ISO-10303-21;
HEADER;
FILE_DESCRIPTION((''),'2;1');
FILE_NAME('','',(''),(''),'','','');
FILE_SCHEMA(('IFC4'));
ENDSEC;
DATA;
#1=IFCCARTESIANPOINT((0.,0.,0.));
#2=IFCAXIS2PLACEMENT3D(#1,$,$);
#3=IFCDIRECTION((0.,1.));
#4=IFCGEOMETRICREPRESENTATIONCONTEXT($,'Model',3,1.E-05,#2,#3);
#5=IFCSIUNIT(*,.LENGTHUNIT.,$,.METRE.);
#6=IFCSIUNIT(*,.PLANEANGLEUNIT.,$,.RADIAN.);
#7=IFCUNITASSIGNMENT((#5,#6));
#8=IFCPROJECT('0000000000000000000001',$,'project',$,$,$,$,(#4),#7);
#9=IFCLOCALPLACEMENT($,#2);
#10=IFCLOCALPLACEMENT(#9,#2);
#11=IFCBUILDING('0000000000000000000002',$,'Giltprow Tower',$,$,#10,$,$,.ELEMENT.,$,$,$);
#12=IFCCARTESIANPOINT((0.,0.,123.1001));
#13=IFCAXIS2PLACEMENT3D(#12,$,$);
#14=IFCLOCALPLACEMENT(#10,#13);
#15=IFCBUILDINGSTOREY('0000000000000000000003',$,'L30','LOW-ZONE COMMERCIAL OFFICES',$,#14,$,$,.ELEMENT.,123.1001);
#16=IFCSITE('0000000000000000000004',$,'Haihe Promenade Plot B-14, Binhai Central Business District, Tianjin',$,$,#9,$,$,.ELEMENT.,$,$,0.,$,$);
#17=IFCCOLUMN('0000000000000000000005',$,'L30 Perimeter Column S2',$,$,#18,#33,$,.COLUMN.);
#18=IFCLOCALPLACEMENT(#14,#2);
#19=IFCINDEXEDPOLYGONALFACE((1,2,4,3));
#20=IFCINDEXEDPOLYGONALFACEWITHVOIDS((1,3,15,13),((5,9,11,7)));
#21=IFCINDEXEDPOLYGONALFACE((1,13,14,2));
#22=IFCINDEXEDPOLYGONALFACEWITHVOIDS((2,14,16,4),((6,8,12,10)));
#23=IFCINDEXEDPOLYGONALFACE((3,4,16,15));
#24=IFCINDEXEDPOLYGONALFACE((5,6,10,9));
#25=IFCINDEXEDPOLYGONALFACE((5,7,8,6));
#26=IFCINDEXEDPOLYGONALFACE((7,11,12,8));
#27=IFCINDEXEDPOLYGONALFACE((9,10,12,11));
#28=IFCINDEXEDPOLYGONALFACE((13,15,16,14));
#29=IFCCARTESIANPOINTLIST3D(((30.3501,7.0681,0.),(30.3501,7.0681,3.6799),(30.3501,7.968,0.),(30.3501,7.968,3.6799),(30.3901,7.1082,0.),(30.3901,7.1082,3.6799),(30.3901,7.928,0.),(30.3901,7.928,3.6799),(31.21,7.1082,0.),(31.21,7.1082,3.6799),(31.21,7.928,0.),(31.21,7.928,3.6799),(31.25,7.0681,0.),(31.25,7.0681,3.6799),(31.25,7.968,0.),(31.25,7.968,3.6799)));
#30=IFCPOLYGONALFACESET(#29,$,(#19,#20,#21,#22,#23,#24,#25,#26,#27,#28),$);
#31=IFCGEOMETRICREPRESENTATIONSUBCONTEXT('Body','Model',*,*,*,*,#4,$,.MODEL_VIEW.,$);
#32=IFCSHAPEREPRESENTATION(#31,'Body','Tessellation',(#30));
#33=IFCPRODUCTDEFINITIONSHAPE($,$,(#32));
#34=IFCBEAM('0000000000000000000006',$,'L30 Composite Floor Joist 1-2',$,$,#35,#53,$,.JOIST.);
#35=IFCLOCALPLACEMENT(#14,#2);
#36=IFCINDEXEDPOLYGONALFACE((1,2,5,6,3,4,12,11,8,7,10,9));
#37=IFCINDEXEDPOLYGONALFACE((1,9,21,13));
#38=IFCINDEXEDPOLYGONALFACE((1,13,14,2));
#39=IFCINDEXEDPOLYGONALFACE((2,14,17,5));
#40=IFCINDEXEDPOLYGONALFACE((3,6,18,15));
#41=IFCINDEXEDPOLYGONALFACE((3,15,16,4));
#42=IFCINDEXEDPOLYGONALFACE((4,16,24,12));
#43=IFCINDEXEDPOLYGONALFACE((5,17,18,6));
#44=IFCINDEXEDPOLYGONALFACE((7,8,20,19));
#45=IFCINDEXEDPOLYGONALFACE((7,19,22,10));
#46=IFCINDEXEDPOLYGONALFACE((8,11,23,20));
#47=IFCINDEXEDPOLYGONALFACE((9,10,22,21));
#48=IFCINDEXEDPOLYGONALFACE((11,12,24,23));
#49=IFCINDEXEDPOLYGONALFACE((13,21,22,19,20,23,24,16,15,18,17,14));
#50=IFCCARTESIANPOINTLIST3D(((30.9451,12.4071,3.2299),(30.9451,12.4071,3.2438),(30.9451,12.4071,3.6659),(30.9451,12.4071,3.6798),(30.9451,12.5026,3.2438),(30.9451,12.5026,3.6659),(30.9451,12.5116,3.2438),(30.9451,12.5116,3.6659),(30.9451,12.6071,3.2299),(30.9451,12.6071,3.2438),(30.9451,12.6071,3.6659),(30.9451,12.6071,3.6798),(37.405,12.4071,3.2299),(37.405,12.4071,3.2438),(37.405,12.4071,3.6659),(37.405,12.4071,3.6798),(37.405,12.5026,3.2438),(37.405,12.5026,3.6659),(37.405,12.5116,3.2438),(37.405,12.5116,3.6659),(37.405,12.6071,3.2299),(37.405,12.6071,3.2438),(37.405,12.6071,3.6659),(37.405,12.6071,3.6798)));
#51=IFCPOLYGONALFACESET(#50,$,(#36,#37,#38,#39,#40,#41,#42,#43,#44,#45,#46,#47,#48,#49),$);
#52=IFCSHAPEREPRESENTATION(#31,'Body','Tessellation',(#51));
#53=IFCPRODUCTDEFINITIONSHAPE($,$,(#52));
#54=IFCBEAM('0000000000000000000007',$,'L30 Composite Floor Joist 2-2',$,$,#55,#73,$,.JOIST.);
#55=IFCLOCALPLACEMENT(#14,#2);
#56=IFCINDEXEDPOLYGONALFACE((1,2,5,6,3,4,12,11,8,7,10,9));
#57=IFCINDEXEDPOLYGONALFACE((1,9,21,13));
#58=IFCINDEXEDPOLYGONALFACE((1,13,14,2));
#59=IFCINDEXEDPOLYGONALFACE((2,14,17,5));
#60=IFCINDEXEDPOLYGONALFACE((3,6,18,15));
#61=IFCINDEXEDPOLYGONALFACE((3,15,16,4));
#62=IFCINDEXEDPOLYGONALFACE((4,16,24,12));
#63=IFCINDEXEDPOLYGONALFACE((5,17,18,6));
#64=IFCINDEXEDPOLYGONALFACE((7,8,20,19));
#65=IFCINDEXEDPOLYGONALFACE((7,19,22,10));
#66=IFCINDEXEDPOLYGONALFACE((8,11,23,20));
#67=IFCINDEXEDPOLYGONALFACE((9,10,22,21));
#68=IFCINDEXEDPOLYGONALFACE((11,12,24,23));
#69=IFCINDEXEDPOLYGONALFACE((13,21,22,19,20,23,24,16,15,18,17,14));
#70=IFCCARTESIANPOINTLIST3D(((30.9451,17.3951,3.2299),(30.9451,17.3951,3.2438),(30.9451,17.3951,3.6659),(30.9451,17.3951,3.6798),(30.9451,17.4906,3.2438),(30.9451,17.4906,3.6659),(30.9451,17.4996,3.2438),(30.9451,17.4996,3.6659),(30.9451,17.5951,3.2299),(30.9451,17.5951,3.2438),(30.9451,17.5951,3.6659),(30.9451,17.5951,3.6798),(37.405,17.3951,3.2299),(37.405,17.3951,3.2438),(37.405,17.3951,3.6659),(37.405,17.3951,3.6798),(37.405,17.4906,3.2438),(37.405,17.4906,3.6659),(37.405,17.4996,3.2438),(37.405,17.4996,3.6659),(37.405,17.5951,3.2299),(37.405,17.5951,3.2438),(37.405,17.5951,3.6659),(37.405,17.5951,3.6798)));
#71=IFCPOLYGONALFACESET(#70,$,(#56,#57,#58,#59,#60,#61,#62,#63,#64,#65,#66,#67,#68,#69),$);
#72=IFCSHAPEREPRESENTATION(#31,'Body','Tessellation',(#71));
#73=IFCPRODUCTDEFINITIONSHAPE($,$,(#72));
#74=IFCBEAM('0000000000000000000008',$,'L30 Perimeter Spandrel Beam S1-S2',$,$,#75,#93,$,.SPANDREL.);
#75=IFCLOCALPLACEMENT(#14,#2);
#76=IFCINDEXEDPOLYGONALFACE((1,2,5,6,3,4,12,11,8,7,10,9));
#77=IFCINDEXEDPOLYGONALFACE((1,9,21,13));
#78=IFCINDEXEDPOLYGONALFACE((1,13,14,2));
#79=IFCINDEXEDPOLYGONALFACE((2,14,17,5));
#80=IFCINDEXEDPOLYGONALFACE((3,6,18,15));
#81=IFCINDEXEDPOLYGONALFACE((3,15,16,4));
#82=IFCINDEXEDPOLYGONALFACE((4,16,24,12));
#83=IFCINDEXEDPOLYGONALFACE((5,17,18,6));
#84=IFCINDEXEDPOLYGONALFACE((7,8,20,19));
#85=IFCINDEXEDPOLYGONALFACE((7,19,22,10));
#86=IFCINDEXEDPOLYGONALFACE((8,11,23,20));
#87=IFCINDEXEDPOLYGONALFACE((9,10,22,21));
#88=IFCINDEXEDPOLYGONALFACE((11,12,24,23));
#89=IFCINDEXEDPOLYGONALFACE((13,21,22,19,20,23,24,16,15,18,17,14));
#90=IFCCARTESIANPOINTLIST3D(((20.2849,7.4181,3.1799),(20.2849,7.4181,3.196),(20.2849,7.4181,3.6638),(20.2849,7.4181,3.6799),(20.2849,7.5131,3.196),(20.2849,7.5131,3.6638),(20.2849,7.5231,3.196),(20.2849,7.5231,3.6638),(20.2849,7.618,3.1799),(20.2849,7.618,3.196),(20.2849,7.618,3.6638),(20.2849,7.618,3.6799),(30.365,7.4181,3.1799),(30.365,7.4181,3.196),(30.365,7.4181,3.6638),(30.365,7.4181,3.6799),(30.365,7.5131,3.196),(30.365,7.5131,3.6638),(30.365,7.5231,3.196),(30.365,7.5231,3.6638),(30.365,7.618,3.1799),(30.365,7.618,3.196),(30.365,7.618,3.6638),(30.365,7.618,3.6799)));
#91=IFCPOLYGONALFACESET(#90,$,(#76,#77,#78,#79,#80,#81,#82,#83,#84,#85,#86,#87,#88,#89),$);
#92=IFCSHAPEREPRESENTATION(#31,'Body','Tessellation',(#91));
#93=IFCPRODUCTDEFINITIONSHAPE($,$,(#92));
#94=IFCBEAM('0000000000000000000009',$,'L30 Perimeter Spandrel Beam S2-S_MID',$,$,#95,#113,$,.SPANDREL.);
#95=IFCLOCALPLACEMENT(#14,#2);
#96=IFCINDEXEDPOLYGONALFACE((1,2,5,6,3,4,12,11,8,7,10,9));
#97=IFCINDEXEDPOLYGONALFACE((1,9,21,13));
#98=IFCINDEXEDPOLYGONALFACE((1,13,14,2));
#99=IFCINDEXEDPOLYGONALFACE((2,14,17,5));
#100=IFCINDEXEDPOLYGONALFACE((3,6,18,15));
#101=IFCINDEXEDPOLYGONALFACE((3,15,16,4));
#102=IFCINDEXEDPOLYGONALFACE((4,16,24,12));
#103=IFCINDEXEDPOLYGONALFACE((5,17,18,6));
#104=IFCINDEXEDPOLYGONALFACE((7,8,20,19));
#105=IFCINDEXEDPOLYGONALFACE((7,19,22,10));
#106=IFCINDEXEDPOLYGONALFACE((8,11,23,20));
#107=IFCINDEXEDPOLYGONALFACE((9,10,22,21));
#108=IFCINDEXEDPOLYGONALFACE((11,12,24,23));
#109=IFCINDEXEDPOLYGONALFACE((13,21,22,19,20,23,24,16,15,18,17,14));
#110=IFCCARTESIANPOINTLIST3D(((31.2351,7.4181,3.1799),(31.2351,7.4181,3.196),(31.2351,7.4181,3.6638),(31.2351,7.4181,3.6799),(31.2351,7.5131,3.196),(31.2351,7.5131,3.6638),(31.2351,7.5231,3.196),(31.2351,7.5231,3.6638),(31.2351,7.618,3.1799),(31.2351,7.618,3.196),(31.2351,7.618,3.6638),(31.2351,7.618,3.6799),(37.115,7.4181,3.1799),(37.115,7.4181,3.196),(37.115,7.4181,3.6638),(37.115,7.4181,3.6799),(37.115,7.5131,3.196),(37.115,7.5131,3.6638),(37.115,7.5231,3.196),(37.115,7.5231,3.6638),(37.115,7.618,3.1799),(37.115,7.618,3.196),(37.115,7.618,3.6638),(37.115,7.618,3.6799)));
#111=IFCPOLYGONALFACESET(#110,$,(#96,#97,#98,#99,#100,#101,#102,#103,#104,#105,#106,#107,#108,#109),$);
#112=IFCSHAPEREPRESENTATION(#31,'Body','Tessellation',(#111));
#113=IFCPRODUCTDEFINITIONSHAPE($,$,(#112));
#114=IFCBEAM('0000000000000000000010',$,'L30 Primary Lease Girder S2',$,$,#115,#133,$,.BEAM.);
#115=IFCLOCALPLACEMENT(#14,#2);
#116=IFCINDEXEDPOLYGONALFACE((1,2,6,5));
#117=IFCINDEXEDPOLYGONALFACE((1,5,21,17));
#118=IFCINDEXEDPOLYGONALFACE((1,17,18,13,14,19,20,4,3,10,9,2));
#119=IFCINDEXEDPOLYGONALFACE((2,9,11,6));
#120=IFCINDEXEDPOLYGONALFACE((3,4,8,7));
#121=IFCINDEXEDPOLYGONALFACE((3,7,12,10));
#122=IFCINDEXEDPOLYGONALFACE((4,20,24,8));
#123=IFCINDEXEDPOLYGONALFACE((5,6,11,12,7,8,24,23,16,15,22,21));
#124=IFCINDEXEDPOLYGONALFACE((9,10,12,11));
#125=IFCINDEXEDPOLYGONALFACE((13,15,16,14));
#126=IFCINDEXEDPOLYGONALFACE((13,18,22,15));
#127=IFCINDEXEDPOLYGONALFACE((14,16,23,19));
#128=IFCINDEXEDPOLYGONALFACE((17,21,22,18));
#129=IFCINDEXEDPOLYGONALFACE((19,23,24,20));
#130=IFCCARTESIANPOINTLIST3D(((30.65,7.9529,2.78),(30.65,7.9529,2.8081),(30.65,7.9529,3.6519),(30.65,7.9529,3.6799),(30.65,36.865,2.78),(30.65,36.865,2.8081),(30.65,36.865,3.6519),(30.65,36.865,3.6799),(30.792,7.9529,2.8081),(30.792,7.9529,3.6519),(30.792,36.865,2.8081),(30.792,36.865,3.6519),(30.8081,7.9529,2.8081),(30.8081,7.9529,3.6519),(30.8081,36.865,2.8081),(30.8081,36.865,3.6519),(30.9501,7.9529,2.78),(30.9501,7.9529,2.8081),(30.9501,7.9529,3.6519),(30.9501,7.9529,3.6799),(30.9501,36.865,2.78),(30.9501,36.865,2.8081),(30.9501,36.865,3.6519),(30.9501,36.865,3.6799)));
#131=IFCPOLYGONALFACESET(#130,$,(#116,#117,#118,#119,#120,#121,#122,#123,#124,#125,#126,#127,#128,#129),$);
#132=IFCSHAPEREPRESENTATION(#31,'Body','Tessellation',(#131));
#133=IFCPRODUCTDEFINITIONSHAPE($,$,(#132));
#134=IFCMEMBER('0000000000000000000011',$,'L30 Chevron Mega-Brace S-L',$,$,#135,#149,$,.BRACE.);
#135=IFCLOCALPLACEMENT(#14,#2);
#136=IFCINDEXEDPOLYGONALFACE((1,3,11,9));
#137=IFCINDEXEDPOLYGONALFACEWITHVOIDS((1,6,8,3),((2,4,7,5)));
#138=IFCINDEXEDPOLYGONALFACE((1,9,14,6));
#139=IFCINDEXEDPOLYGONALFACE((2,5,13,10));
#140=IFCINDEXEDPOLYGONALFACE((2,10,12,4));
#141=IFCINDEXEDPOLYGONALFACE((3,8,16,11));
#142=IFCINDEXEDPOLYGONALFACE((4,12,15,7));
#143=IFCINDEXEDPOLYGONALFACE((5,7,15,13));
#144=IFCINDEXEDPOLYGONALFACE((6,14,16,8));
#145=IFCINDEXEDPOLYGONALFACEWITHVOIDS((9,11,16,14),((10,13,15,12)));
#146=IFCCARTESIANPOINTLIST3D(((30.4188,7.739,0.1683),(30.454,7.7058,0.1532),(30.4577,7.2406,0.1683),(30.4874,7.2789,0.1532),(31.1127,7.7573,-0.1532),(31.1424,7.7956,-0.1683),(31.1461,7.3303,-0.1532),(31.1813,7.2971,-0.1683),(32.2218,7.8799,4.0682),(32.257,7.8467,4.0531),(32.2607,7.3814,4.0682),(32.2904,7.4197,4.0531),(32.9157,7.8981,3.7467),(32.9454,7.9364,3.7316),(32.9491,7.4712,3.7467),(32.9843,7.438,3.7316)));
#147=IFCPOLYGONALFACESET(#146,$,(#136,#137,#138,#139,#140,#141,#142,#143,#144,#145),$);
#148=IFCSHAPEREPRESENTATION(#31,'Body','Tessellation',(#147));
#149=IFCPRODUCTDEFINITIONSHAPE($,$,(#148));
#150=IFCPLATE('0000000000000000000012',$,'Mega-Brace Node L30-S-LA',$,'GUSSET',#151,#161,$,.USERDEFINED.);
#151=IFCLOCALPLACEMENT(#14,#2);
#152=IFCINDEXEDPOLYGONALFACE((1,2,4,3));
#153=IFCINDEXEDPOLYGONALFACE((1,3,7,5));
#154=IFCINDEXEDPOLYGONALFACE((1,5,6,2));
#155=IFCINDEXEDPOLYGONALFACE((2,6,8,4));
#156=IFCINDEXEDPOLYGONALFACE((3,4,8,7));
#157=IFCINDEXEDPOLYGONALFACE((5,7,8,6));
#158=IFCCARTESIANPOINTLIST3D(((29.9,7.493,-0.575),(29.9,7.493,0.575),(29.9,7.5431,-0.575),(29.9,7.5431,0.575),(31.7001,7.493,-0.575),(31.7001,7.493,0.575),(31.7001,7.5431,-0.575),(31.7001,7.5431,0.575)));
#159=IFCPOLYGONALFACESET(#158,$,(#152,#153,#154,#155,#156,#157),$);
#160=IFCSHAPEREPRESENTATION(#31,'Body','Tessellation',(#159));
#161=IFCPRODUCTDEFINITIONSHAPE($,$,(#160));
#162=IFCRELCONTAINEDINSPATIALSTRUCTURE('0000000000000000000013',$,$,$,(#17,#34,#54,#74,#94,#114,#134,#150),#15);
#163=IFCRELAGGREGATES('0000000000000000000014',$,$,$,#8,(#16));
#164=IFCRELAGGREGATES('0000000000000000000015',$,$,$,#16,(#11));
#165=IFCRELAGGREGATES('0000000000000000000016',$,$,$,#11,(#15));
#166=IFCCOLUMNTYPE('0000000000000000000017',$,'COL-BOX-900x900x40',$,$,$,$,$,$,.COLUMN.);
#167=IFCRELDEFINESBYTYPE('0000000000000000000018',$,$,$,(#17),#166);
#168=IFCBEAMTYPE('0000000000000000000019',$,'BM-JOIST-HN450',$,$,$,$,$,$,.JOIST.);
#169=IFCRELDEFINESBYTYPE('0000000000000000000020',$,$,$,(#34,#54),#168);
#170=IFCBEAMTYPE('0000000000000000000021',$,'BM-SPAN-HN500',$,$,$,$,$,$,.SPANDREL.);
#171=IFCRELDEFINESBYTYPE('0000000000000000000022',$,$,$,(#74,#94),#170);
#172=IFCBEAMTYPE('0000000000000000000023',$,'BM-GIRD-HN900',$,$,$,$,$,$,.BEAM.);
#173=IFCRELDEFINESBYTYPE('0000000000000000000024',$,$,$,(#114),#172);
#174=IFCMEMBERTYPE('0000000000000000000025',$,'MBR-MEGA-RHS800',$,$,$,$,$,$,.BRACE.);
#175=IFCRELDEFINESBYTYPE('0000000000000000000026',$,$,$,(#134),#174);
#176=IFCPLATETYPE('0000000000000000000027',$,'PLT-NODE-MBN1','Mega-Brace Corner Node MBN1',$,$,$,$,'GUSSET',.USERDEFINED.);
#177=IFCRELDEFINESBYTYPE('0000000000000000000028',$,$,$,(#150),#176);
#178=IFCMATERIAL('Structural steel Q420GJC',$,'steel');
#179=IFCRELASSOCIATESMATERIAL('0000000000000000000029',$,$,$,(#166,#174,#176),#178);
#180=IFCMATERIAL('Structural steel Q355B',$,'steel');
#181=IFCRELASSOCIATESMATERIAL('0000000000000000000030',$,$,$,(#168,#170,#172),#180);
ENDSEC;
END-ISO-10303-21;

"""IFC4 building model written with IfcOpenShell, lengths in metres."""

from ifc_helpers import new_model, si_unit, direction, frame, origin, origin_2d, place, context, subcontext, project, spatial, rectangle, hollow_rectangle, i_section, extrude, source, transform, mapped, material, material_profile, profile_set, type_object, element, save


model = new_model("IFC4")

# Units and contexts
model_context = context("Model", 3, precision=1e-05, world=origin(), true_north=direction((0.0, 1.0)))
body_context = subcontext(model_context, "Body", "Model", "MODEL_VIEW")
ifc_project = project(units=[si_unit("LENGTHUNIT", "METRE"), si_unit("PLANEANGLEUNIT", "RADIAN")], contexts=[model_context])

# Site, building, storey
site_placement = place(None, origin())
site = spatial("IfcSite", under=ifc_project, at=site_placement, Name="Haihe Promenade Plot B-14, Binhai Central Business District, Tianjin", CompositionType="ELEMENT", RefElevation=0.0)
building_placement = place(site_placement, origin())
building = spatial("IfcBuilding", under=site, at=building_placement, Name="Giltprow Tower", CompositionType="ELEMENT")
storey_placement = place(building_placement, frame((0.0, 0.0, 123.1001)))
storey = spatial("IfcBuildingStorey", under=building, at=storey_placement, Name="L30", Description="LOW-ZONE COMMERCIAL OFFICES", CompositionType="ELEMENT", Elevation=123.1001)

# Column
ifc_material_1 = material(Name="Structural steel Q420GJC", Category="steel")
ifc_material_profile_1 = material_profile(ifc_material_1, hollow_rectangle(XDim=0.8999, YDim=0.8999, WallThickness=0.04, at=origin_2d()), Name="BOX 900x900x40")
ifc_profile_set_1 = profile_set([ifc_material_profile_1], Name="Structural steel Q420GJC")
column_type = type_object("IfcColumnType", Name="COL-BOX-900x900x40", PredefinedType="COLUMN", material=ifc_profile_set_1)
shared_shape_1 = source(origin(), body_context, "Body", "SweptSolid", [
    extrude(hollow_rectangle(XDim=0.8999, YDim=0.8999, WallThickness=0.04, at=origin_2d()), origin(), (0.0, 0.0, 1.0), 3.6799),
])
column_placement = place(storey_placement, frame((30.8, 7.5181, 0.0), z_axis=(0.0, 0.0, 1.0), x_axis=(1.0, 0.0, 0.0)))
element("IfcColumn", 1, at=column_placement, inside=storey, type_object=column_type, Name="L30 Perimeter Column S2", PredefinedType="COLUMN", context=body_context, shape_type="MappedRepresentation", body=[
    mapped(shared_shape_1, transform((0.0, 0.0, 0.0), x_axis=(1.0, 0.0, 0.0), y_axis=(0.0, 1.0, 0.0), z_axis=(0.0, 0.0, 1.0), scale=1.0)),
])

# Beams
ifc_material_2 = material(Name="Structural steel Q355B", Category="steel")
ifc_material_profile_2 = material_profile(ifc_material_2, i_section(OverallWidth=0.2, OverallDepth=0.45, WebThickness=0.009, FlangeThickness=0.0139, at=origin_2d()), Name="HN 450x200x9x14")
ifc_profile_set_2 = profile_set([ifc_material_profile_2], Name="Structural steel Q355B")
beam_type_1 = type_object("IfcBeamType", Name="BM-JOIST-HN450", PredefinedType="JOIST", material=ifc_profile_set_2)
shared_shape_2 = source(origin(), body_context, "Body", "SweptSolid", [
    extrude(i_section(OverallWidth=0.2, OverallDepth=0.45, WebThickness=0.009, FlangeThickness=0.0139, at=origin_2d()), origin(), (0.0, 0.0, 1.0), 6.46),
])
for number, where, z_axis, x_axis, name in (
    (2, (30.9451, 12.5071, 3.4548), (1.0, 0.0, 0.0), (0.0, 1.0, 0.0), "L30 Composite Floor Joist 1-2"),
    (3, (30.9451, 17.4951, 3.4548), (1.0, 0.0, 0.0), (0.0, 1.0, 0.0), "L30 Composite Floor Joist 2-2"),
):
    element("IfcBeam", number, at=place(storey_placement, frame(where, z_axis=z_axis, x_axis=x_axis)), inside=storey, type_object=beam_type_1, Name=name, PredefinedType="JOIST", context=body_context, shape_type="MappedRepresentation", body=[
        mapped(shared_shape_2, transform((0.0, 0.0, 0.0), x_axis=(1.0, 0.0, 0.0), y_axis=(0.0, 1.0, 0.0), z_axis=(0.0, 0.0, 1.0), scale=1.0)),
    ])
ifc_material_profile_3 = material_profile(ifc_material_2, i_section(OverallWidth=0.2, OverallDepth=0.5, WebThickness=0.01, FlangeThickness=0.0161, at=origin_2d()), Name="HN 500x200x10x16")
ifc_profile_set_3 = profile_set([ifc_material_profile_3], Name="Structural steel Q355B")
beam_type_2 = type_object("IfcBeamType", Name="BM-SPAN-HN500", PredefinedType="SPANDREL", material=ifc_profile_set_3)
shared_shape_3 = source(origin(), body_context, "Body", "SweptSolid", [
    extrude(i_section(OverallWidth=0.2, OverallDepth=0.5, WebThickness=0.01, FlangeThickness=0.0161, at=origin_2d()), origin(), (0.0, 0.0, 1.0), 10.0801),
])
beam_1_placement = place(storey_placement, frame((20.2849, 7.5181, 3.4299), z_axis=(1.0, 0.0, 0.0), x_axis=(0.0, 1.0, 0.0)))
element("IfcBeam", 4, at=beam_1_placement, inside=storey, type_object=beam_type_2, Name="L30 Perimeter Spandrel Beam S1-S2", PredefinedType="SPANDREL", context=body_context, shape_type="MappedRepresentation", body=[
    mapped(shared_shape_3, transform((0.0, 0.0, 0.0), x_axis=(1.0, 0.0, 0.0), y_axis=(0.0, 1.0, 0.0), z_axis=(0.0, 0.0, 1.0), scale=1.0)),
])
shared_shape_4 = source(origin(), body_context, "Body", "SweptSolid", [
    extrude(i_section(OverallWidth=0.2, OverallDepth=0.5, WebThickness=0.01, FlangeThickness=0.0161, at=origin_2d()), origin(), (0.0, 0.0, 1.0), 5.8799),
])
beam_2_placement = place(storey_placement, frame((31.2351, 7.5181, 3.4299), z_axis=(1.0, 0.0, 0.0), x_axis=(0.0, 1.0, 0.0)))
element("IfcBeam", 5, at=beam_2_placement, inside=storey, type_object=beam_type_2, Name="L30 Perimeter Spandrel Beam S2-S_MID", PredefinedType="SPANDREL", context=body_context, shape_type="MappedRepresentation", body=[
    mapped(shared_shape_4, transform((0.0, 0.0, 0.0), x_axis=(1.0, 0.0, 0.0), y_axis=(0.0, 1.0, 0.0), z_axis=(0.0, 0.0, 1.0), scale=1.0)),
])
ifc_material_profile_4 = material_profile(ifc_material_2, i_section(OverallWidth=0.3, OverallDepth=0.8999, WebThickness=0.0161, FlangeThickness=0.0281, at=origin_2d()), Name="HN 900x300x16x28")
ifc_profile_set_4 = profile_set([ifc_material_profile_4], Name="Structural steel Q355B")
beam_type_3 = type_object("IfcBeamType", Name="BM-GIRD-HN900", PredefinedType="BEAM", material=ifc_profile_set_4)
shared_shape_5 = source(origin(), body_context, "Body", "SweptSolid", [
    extrude(i_section(OverallWidth=0.3, OverallDepth=0.8999, WebThickness=0.0161, FlangeThickness=0.0281, at=origin_2d()), origin(), (0.0, 0.0, 1.0), 28.9121),
])
beam_3_placement = place(storey_placement, frame((30.8, 7.9529, 3.23), z_axis=(0.0, 1.0, 0.0), x_axis=(-1.0, 0.0, 0.0)))
element("IfcBeam", 6, at=beam_3_placement, inside=storey, type_object=beam_type_3, Name="L30 Primary Lease Girder S2", PredefinedType="BEAM", context=body_context, shape_type="MappedRepresentation", body=[
    mapped(shared_shape_5, transform((0.0, 0.0, 0.0), x_axis=(1.0, 0.0, 0.0), y_axis=(0.0, 1.0, 0.0), z_axis=(0.0, 0.0, 1.0), scale=1.0)),
])

# Member
ifc_material_profile_5 = material_profile(ifc_material_1, hollow_rectangle(XDim=0.5, YDim=0.8, WallThickness=0.0359, at=origin_2d()), Name="RHS 800x500x36")
ifc_profile_set_5 = profile_set([ifc_material_profile_5], Name="Structural steel Q420GJC")
member_type = type_object("IfcMemberType", Name="MBR-MEGA-RHS800", PredefinedType="BRACE", material=ifc_profile_set_5)
shared_shape_6 = source(origin(), body_context, "Body", "SweptSolid", [
    extrude(hollow_rectangle(XDim=0.5, YDim=0.8, WallThickness=0.0359, at=origin_2d()), origin(), (0.0, 0.0, 1.0), 4.2988),
])
member_placement = place(storey_placement, frame((30.8, 7.5181, 0.0), z_axis=(0.419413, 0.032769, 0.907204), x_axis=(-0.077894, 0.996962, 0.0)))
element("IfcMember", 7, at=member_placement, inside=storey, type_object=member_type, Name="L30 Chevron Mega-Brace S-L", PredefinedType="BRACE", context=body_context, shape_type="MappedRepresentation", body=[
    mapped(shared_shape_6, transform((0.0, 0.0, 0.0), x_axis=(1.0, 0.0, 0.0), y_axis=(0.0, 1.0, 0.0), z_axis=(0.0, 0.0, 1.0), scale=1.0)),
])

# Plate
plate_type = type_object("IfcPlateType", Name="PLT-NODE-MBN1", Description="Mega-Brace Corner Node MBN1", ElementType="GUSSET", PredefinedType="USERDEFINED", material=ifc_material_1)
shared_shape_7 = source(origin(), body_context, "Body", "SweptSolid", [
    extrude(rectangle(XDim=1.8, YDim=0.05, at=origin_2d()), origin(), (0.0, 0.0, 1.0), 1.1499),
])
plate_placement = place(storey_placement, frame((30.8, 7.5181, -0.575), z_axis=(0.0, 0.0, 1.0), x_axis=(1.0, 0.0, 0.0)))
element("IfcPlate", 8, at=plate_placement, inside=storey, type_object=plate_type, Name="Mega-Brace Node L30-S-LA", ObjectType="GUSSET", PredefinedType="USERDEFINED", context=body_context, shape_type="MappedRepresentation", body=[
    mapped(shared_shape_7, transform((0.0, 0.0, 0.0), x_axis=(1.0, 0.0, 0.0), y_axis=(0.0, 1.0, 0.0), z_axis=(0.0, 0.0, 1.0), scale=1.0)),
])

save(model, "model.ifc")
